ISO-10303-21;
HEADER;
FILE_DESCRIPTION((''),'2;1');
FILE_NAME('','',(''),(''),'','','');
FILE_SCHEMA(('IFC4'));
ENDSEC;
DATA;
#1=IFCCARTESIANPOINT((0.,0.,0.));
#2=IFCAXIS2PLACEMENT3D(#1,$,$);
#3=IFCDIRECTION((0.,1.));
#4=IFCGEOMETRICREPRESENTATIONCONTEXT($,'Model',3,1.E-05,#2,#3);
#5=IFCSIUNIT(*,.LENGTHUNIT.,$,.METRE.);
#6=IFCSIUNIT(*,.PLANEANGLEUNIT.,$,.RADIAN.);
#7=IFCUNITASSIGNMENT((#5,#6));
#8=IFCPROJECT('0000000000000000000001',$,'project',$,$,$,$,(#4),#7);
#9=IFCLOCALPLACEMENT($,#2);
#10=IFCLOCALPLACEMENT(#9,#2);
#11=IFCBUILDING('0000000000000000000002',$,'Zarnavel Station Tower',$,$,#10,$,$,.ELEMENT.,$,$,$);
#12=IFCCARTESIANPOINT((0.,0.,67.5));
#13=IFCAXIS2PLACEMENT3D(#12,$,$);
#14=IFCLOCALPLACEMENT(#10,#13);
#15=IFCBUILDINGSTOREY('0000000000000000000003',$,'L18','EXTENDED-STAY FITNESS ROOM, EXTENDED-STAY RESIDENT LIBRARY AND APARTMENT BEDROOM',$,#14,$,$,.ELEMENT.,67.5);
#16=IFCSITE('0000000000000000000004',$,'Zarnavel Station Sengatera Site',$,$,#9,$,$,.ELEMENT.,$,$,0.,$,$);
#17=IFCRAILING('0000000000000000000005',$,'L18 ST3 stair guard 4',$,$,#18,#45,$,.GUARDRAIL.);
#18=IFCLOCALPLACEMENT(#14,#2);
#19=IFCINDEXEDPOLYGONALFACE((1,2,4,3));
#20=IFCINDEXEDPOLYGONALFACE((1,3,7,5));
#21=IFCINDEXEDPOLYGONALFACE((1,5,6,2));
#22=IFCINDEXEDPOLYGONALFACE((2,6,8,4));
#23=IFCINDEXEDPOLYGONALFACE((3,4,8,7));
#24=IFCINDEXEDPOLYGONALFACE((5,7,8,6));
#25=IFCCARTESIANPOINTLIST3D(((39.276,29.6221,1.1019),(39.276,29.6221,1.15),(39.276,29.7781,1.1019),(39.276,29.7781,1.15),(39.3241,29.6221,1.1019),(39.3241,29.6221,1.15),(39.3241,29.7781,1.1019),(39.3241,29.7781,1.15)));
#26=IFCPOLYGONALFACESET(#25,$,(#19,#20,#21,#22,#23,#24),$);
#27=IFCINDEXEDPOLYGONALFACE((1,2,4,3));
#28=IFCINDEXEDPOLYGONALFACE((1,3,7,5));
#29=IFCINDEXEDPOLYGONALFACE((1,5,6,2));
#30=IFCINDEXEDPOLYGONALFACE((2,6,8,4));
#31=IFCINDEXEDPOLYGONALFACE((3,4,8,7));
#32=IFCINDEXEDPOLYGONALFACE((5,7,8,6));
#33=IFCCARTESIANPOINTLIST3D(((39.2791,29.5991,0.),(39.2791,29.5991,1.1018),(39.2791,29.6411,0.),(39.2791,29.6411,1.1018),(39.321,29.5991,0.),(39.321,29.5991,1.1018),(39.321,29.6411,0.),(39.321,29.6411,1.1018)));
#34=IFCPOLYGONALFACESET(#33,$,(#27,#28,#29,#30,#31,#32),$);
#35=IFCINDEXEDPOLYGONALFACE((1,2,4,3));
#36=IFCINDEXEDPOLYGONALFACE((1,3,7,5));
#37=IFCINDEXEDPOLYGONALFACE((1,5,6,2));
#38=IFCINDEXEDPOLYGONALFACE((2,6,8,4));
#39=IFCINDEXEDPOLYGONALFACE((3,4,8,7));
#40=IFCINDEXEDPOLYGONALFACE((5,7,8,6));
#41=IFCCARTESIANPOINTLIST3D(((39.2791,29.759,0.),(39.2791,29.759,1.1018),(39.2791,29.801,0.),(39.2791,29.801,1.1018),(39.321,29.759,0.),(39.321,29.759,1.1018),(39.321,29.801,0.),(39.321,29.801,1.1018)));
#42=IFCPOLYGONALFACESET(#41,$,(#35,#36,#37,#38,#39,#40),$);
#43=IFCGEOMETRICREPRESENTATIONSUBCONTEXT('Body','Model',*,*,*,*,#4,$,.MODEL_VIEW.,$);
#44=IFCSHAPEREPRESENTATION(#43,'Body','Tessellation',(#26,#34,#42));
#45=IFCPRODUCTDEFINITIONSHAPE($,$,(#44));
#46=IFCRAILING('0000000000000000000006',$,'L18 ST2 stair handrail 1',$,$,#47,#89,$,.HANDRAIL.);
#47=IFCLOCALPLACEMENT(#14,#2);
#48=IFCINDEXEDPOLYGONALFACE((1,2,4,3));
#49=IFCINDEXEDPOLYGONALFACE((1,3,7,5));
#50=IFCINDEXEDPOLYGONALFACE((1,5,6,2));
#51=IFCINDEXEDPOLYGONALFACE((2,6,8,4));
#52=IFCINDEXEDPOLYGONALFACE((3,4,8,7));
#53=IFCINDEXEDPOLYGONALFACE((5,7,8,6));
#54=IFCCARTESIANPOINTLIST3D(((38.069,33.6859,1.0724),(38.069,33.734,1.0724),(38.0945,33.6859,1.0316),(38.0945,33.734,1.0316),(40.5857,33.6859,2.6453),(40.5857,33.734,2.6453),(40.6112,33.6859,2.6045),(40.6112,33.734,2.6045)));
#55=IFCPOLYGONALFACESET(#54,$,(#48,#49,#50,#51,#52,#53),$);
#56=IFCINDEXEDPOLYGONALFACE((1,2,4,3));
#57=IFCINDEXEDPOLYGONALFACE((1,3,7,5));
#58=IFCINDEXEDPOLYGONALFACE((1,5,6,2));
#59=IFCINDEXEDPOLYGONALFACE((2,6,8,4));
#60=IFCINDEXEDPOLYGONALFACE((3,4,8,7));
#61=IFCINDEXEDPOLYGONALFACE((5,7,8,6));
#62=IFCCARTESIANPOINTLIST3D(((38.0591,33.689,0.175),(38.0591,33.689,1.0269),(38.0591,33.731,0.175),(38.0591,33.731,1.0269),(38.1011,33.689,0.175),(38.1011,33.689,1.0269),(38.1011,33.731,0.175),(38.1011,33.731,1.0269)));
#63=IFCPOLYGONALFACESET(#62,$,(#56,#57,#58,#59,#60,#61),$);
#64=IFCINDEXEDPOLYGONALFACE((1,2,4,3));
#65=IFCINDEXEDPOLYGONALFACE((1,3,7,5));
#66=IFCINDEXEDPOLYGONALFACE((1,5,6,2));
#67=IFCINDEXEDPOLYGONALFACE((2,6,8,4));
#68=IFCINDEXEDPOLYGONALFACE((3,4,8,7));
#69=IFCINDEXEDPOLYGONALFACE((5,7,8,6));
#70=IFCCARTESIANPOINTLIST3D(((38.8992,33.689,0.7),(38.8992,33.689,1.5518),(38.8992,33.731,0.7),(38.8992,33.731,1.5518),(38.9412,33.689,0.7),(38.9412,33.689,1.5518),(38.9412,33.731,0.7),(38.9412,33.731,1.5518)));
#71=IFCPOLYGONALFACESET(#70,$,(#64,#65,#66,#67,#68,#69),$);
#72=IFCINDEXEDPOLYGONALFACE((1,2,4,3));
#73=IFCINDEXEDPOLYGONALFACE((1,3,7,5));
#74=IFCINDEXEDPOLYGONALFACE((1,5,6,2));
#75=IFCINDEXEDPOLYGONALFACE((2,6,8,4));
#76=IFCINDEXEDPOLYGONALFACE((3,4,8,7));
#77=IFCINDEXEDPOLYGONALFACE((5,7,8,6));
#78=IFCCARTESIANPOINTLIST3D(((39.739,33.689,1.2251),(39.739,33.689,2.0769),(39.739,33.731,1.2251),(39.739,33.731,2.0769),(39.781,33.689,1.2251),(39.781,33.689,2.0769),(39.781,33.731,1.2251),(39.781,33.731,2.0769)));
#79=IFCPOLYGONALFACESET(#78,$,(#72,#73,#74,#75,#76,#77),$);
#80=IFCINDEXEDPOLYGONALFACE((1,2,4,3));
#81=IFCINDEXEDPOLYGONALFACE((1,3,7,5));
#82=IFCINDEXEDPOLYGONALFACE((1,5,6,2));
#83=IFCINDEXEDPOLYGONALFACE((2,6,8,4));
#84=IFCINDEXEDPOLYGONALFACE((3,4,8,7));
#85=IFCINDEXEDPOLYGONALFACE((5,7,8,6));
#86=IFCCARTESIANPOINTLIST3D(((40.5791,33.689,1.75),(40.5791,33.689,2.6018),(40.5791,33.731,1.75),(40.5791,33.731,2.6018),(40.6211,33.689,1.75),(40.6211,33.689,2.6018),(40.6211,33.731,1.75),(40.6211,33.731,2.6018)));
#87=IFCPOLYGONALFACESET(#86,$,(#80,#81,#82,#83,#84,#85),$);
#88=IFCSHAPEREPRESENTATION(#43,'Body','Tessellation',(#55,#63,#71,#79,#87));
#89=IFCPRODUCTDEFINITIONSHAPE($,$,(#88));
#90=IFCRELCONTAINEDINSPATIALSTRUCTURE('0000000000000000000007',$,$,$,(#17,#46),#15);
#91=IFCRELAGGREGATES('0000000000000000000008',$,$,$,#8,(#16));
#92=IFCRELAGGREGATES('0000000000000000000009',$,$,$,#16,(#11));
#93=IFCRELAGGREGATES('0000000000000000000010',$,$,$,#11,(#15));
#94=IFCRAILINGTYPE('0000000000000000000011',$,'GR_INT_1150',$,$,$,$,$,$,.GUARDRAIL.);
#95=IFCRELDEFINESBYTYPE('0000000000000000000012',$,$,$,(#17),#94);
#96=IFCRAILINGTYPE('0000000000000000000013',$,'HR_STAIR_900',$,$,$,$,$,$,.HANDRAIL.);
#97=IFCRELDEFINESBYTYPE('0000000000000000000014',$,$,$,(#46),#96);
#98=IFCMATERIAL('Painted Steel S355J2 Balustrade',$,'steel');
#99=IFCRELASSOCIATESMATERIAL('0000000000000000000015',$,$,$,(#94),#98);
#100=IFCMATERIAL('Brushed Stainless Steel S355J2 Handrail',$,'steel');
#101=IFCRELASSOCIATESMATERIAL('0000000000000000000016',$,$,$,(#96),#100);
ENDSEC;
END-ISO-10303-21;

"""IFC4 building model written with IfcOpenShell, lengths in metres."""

from ifc_helpers import new_model, si_unit, direction, frame, origin, origin_2d, place, context, subcontext, project, spatial, rectangle, extrude, material, type_object, element, save


model = new_model("IFC4")

# Units and contexts
model_context = context("Model", 3, precision=1e-05, world=origin(), true_north=direction((0.0, 1.0)))
body_context = subcontext(model_context, "Body", "Model", "MODEL_VIEW")
ifc_project = project(units=[si_unit("LENGTHUNIT", "METRE"), si_unit("PLANEANGLEUNIT", "RADIAN")], contexts=[model_context])

# Site, building, storey
site_placement = place(None, origin())
site = spatial("IfcSite", under=ifc_project, at=site_placement, Name="Zarnavel Station Sengatera Site", CompositionType="ELEMENT", RefElevation=0.0)
building_placement = place(site_placement, origin())
building = spatial("IfcBuilding", under=site, at=building_placement, Name="Zarnavel Station Tower", CompositionType="ELEMENT")
storey_placement = place(building_placement, frame((0.0, 0.0, 67.5)))
storey = spatial("IfcBuildingStorey", under=building, at=storey_placement, Name="L18", Description="EXTENDED-STAY FITNESS ROOM, EXTENDED-STAY RESIDENT LIBRARY AND APARTMENT BEDROOM", CompositionType="ELEMENT", Elevation=67.5)

# Railings
ifc_material_1 = material(Name="Painted Steel S355J2 Balustrade", Category="steel")
railing_type_1 = type_object("IfcRailingType", Name="GR_INT_1150", PredefinedType="GUARDRAIL", material=ifc_material_1)
railing_1_placement = place(storey_placement, frame((39.3, 29.6201, 0.0)))
element("IfcRailing", 1, at=railing_1_placement, inside=storey, type_object=railing_type_1, Name="L18 ST3 stair guard 4", PredefinedType="GUARDRAIL", context=body_context, shape_type="SweptSolid", body=[
    extrude(rectangle(XDim=0.0481, YDim=0.0481, at=origin_2d()), frame((0.0, 0.002, 1.126), z_axis=(0.0, 1.0, 0.0), x_axis=(-1.0, 0.0, 0.0)), (0.0, 0.0, 1.0), 0.156),
    extrude(rectangle(XDim=0.042, YDim=0.042, at=origin_2d()), origin(), (0.0, 0.0, 1.0), 1.1018),
    extrude(rectangle(XDim=0.042, YDim=0.042, at=origin_2d()), frame((0.0, 0.1599, 0.0)), (0.0, 0.0, 1.0), 1.1018),
])
ifc_material_2 = material(Name="Brushed Stainless Steel S355J2 Handrail", Category="steel")
railing_type_2 = type_object("IfcRailingType", Name="HR_STAIR_900", PredefinedType="HANDRAIL", material=ifc_material_2)
railing_2_placement = place(storey_placement, frame((38.0801, 33.71, 0.175)))
element("IfcRailing", 2, at=railing_2_placement, inside=storey, type_object=railing_type_2, Name="L18 ST2 stair handrail 1", PredefinedType="HANDRAIL", context=body_context, shape_type="SweptSolid", body=[
    extrude(rectangle(XDim=0.0481, YDim=0.0481, at=origin_2d()), frame((0.0017, 0.0, 0.877), z_axis=(0.848008, 0.0, 0.529984), x_axis=(0.0, 1.0, 0.0)), (0.0, 0.0, 1.0), 2.9678),
    extrude(rectangle(XDim=0.042, YDim=0.042, at=origin_2d()), origin(), (0.0, 0.0, 1.0), 0.8518),
    extrude(rectangle(XDim=0.042, YDim=0.042, at=origin_2d()), frame((0.8401, 0.0, 0.5249)), (0.0, 0.0, 1.0), 0.8518),
    extrude(rectangle(XDim=0.042, YDim=0.042, at=origin_2d()), frame((1.6799, 0.0, 1.05)), (0.0, 0.0, 1.0), 0.8518),
    extrude(rectangle(XDim=0.042, YDim=0.042, at=origin_2d()), frame((2.52, 0.0, 1.575)), (0.0, 0.0, 1.0), 0.8518),
])

save(model, "model.ifc")
